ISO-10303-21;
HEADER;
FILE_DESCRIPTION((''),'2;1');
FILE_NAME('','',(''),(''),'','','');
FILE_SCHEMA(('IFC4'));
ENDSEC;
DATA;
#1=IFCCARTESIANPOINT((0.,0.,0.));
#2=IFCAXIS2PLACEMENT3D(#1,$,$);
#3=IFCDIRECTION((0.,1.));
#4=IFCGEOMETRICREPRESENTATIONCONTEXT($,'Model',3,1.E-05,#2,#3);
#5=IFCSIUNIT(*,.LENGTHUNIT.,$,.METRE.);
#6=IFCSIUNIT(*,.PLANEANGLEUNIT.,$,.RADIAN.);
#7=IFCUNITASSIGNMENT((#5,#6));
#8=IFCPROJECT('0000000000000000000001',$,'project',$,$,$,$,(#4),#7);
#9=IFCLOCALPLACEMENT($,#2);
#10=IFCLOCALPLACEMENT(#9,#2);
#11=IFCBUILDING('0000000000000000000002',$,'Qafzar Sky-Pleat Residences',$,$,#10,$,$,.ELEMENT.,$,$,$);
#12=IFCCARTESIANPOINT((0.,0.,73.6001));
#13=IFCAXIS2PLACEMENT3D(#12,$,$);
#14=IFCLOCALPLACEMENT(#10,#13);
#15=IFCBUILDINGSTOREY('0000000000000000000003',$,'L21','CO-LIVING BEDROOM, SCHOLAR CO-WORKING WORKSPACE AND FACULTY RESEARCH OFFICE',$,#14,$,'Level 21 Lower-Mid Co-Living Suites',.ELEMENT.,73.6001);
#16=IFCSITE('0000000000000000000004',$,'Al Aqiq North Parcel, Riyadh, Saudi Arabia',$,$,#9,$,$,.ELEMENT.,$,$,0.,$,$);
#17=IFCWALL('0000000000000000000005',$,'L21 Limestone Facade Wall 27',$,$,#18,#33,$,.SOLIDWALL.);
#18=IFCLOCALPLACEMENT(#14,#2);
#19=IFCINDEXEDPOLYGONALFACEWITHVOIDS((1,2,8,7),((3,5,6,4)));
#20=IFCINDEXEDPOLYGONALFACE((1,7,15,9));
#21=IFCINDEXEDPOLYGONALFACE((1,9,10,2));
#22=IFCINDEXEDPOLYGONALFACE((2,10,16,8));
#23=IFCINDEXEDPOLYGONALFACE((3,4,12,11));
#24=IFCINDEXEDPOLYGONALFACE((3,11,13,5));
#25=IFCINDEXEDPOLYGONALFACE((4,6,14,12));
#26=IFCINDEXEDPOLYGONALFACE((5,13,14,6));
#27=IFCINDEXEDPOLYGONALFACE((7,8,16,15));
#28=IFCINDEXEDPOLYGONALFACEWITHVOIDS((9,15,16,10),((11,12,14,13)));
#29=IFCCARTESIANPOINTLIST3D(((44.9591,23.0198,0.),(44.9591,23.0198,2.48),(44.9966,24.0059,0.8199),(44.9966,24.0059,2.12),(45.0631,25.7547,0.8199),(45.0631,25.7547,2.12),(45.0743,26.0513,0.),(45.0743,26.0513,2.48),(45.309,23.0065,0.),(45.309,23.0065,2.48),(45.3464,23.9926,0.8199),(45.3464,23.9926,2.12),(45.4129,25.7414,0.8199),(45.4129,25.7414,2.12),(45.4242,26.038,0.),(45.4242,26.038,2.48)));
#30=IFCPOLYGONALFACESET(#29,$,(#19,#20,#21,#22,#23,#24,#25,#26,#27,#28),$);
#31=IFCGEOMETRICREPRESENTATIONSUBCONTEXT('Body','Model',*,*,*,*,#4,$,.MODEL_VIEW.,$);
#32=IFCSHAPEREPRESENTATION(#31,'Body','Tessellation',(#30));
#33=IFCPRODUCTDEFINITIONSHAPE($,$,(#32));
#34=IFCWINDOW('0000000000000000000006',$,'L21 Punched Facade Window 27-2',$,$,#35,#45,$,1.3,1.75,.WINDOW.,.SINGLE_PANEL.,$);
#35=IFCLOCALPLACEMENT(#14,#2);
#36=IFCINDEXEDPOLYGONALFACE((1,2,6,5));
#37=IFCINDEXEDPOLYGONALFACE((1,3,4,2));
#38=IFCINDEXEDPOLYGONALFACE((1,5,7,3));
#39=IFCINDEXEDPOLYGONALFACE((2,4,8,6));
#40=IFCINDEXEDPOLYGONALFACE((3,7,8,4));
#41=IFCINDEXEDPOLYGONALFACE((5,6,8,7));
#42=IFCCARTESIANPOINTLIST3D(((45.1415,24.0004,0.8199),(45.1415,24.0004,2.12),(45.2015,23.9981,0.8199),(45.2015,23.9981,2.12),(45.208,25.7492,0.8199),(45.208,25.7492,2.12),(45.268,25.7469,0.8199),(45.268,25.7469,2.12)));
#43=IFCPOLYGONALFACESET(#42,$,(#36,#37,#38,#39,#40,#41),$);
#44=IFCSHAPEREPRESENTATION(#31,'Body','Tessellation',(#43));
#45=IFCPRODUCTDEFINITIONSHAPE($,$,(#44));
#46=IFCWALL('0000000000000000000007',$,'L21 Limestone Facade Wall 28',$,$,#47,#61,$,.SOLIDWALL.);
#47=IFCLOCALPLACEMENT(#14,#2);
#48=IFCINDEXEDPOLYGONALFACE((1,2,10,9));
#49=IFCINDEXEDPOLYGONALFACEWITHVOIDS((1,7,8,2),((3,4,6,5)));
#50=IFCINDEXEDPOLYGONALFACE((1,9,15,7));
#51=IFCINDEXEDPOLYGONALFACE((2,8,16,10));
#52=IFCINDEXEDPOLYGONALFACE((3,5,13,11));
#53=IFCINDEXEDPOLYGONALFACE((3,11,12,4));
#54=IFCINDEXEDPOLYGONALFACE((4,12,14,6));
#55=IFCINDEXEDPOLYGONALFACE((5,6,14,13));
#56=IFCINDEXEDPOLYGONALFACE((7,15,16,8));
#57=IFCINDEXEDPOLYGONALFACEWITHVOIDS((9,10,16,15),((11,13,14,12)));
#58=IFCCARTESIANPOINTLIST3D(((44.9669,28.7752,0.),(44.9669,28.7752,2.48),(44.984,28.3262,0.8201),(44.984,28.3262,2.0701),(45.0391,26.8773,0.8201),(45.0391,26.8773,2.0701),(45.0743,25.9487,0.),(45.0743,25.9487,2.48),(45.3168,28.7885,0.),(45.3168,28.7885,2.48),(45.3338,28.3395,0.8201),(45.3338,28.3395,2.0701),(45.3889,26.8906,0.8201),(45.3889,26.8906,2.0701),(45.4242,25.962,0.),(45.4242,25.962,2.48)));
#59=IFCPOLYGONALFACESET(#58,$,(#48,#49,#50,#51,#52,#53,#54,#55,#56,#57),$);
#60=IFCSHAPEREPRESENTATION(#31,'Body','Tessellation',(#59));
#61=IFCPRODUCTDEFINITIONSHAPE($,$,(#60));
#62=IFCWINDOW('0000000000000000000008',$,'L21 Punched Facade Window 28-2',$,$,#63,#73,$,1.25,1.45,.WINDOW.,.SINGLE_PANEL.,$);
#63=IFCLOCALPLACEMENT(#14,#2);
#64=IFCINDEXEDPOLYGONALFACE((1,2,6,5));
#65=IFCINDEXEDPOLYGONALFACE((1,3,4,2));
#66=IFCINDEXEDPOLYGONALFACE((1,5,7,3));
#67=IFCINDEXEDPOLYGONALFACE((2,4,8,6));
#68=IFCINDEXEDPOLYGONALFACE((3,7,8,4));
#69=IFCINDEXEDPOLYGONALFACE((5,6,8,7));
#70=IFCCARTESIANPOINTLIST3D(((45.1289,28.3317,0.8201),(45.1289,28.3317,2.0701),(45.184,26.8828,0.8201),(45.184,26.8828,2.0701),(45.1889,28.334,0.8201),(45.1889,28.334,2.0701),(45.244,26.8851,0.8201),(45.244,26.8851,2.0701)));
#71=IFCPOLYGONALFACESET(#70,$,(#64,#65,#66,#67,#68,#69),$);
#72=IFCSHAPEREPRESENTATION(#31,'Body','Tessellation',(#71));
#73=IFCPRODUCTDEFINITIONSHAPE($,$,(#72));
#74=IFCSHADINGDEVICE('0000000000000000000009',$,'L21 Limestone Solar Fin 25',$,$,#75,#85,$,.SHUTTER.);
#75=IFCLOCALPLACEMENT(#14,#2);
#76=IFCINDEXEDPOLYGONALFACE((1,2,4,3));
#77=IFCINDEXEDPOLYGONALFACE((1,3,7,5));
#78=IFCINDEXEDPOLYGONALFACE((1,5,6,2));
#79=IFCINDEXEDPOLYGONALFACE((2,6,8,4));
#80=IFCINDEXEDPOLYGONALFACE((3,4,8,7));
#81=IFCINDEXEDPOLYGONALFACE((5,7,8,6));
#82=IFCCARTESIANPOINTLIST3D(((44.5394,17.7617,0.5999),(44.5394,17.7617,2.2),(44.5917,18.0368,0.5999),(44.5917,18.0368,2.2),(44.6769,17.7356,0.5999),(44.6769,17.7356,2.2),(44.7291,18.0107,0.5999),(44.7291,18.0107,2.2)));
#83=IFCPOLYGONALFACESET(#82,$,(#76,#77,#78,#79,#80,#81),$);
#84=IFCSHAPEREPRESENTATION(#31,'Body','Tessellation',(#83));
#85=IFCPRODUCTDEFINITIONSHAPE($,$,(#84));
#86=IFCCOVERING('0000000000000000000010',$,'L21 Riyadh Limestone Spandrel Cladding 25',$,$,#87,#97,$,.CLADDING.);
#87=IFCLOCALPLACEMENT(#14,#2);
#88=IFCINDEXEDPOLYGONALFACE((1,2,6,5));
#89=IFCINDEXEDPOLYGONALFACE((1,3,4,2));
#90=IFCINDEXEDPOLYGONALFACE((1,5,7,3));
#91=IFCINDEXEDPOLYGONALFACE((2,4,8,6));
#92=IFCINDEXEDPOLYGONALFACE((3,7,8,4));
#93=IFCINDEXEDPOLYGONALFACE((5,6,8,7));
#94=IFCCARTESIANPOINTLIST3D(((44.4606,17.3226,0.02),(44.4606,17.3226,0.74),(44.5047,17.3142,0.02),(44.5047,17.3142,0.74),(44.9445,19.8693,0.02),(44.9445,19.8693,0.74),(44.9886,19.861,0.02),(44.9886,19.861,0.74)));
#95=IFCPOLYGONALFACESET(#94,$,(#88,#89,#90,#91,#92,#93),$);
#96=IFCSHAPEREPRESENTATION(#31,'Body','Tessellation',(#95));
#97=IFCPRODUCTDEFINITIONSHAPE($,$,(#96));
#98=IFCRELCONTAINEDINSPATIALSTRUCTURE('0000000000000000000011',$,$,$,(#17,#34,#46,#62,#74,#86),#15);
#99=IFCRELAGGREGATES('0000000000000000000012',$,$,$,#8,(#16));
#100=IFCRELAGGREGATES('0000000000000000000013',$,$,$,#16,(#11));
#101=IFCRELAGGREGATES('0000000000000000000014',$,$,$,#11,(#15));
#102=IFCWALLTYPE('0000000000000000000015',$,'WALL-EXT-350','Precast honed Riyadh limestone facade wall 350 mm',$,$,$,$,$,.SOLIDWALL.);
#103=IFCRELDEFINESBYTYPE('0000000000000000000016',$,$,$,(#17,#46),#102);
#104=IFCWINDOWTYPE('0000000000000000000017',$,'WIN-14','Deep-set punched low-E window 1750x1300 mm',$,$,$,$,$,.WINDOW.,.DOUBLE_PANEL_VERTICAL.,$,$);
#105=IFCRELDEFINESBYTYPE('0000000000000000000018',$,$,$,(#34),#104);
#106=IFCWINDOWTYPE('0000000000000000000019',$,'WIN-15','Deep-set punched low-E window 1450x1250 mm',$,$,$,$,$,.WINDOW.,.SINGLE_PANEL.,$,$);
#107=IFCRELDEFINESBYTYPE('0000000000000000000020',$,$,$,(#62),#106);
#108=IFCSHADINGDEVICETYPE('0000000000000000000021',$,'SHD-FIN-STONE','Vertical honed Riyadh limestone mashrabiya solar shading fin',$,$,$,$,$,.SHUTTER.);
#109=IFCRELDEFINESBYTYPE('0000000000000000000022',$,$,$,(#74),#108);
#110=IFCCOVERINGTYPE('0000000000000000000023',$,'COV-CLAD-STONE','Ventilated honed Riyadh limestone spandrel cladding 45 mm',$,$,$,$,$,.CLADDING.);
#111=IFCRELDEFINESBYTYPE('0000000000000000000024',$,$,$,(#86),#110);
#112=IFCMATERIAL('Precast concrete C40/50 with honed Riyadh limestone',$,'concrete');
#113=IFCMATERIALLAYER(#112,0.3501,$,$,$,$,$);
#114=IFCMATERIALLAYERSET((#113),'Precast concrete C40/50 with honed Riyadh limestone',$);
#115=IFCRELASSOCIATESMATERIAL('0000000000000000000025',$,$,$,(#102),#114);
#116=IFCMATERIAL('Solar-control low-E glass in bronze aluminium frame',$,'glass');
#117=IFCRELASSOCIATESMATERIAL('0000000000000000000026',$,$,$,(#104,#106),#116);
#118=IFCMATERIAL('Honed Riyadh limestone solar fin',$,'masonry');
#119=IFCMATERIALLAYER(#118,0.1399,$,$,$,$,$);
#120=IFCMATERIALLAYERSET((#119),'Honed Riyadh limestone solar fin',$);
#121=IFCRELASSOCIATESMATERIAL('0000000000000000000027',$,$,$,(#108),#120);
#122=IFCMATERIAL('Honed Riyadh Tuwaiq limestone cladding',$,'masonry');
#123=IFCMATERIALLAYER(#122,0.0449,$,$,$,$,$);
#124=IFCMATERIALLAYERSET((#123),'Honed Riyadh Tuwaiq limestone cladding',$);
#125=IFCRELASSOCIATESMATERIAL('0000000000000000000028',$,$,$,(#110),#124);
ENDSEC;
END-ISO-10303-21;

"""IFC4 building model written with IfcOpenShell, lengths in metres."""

from ifc_helpers import new_model, si_unit, direction, frame, frame_2d, origin, origin_2d, place, context, subcontext, project, spatial, rectangle, extrude, source, transform, mapped, material, layer, layer_set, type_object, element, fill, save


model = new_model("IFC4")

# Units and contexts
model_context = context("Model", 3, precision=1e-05, world=origin(), true_north=direction((0.0, 1.0)))
body_context = subcontext(model_context, "Body", "Model", "MODEL_VIEW")
ifc_project = project(units=[si_unit("LENGTHUNIT", "METRE"), si_unit("PLANEANGLEUNIT", "RADIAN")], contexts=[model_context])

# Site, building, storey
site_placement = place(None, origin())
site = spatial("IfcSite", under=ifc_project, at=site_placement, Name="Al Aqiq North Parcel, Riyadh, Saudi Arabia", CompositionType="ELEMENT", RefElevation=0.0)
building_placement = place(site_placement, origin())
building = spatial("IfcBuilding", under=site, at=building_placement, Name="Qafzar Sky-Pleat Residences", CompositionType="ELEMENT")
storey_placement = place(building_placement, frame((0.0, 0.0, 73.6001)))
storey = spatial("IfcBuildingStorey", under=building, at=storey_placement, Name="L21", Description="CO-LIVING BEDROOM, SCHOLAR CO-WORKING WORKSPACE AND FACULTY RESEARCH OFFICE", LongName="Level 21 Lower-Mid Co-Living Suites", CompositionType="ELEMENT", Elevation=73.6001)

# Walls, openings, windows
ifc_material_1 = material(Name="Precast concrete C40/50 with honed Riyadh limestone", Category="concrete")
ifc_layer_1 = layer(ifc_material_1, 0.3501)
ifc_layer_set_1 = layer_set([ifc_layer_1], Name="Precast concrete C40/50 with honed Riyadh limestone")
wall_type_1 = type_object("IfcWallType", Name="WALL-EXT-350", Description="Precast honed Riyadh limestone facade wall 350 mm", PredefinedType="SOLIDWALL", material=ifc_layer_set_1)
ifc_material_2 = material(Name="Solar-control low-E glass in bronze aluminium frame", Category="glass")
wall_1_placement = place(storey_placement, frame((45.134, 23.0132, 0.0), z_axis=(0.0, 0.0, 1.0), x_axis=(0.037985, 0.999278, 0.0)))
wall_1 = element("IfcWall", 1, at=wall_1_placement, inside=storey, type_object=wall_type_1, Name="L21 Limestone Facade Wall 27", PredefinedType="SOLIDWALL", context=body_context, shape_type="SweptSolid", body=[
    extrude(rectangle(XDim=3.0337, YDim=0.3501, at=frame_2d((1.5168, 0.0))), origin(), (0.0, 0.0, 1.0), 2.48),
])
opening_1_placement = place(wall_1_placement, frame((0.9868, 0.0, 0.8201)))
opening_1 = element("IfcOpeningElement", 2, at=opening_1_placement, cuts=wall_1, PredefinedType="OPENING", context=body_context, shape_type="SweptSolid", body=[
    extrude(rectangle(XDim=1.75, YDim=1.3, at=frame_2d((0.875, 0.6499))), frame((0.0, 0.1851, 0.0), z_axis=(0.0, -1.0, 0.0), x_axis=(1.0, 0.0, 0.0)), (0.0, 0.0, 1.0), 0.3701),
])
window_type_1 = type_object("IfcWindowType", Name="WIN-14", Description="Deep-set punched low-E window 1750x1300 mm", PartitioningType="DOUBLE_PANEL_VERTICAL", PredefinedType="WINDOW", material=ifc_material_2)
shared_shape_1 = source(origin(), body_context, "Body", "SweptSolid", [
    extrude(rectangle(XDim=1.75, YDim=1.3, at=frame_2d((0.875, 0.6499))), frame((0.0, 0.03, 0.0), z_axis=(0.0, -1.0, 0.0), x_axis=(1.0, 0.0, 0.0)), (0.0, 0.0, 1.0), 0.0601),
])
window_1_placement = place(opening_1_placement, origin())
window_1 = element("IfcWindow", 3, at=window_1_placement, inside=storey, type_object=window_type_1, Name="L21 Punched Facade Window 27-2", OverallHeight=1.3, OverallWidth=1.75, PartitioningType="SINGLE_PANEL", PredefinedType="WINDOW", context=body_context, shape_type="MappedRepresentation", body=[
    mapped(shared_shape_1, transform((0.0, 0.0, 0.0), x_axis=(1.0, 0.0, 0.0), y_axis=(0.0, 1.0, 0.0), z_axis=(0.0, 0.0, 1.0), scale=1.0)),
])
fill(opening_1, window_1)
wall_2_placement = place(storey_placement, frame((45.2493, 25.9553, 0.0), z_axis=(0.0, 0.0, 1.0), x_axis=(-0.037976, 0.999279, 0.0)))
wall_2 = element("IfcWall", 4, at=wall_2_placement, inside=storey, type_object=wall_type_1, Name="L21 Limestone Facade Wall 28", PredefinedType="SOLIDWALL", context=body_context, shape_type="SweptSolid", body=[
    extrude(rectangle(XDim=2.8286, YDim=0.3501, at=frame_2d((1.4143, 0.0))), origin(), (0.0, 0.0, 1.0), 2.48),
])
opening_2_placement = place(wall_2_placement, frame((0.9292, 0.0, 0.8201)))
opening_2 = element("IfcOpeningElement", 5, at=opening_2_placement, cuts=wall_2, PredefinedType="OPENING", context=body_context, shape_type="SweptSolid", body=[
    extrude(rectangle(XDim=1.45, YDim=1.25, at=frame_2d((0.7251, 0.625))), frame((0.0, 0.1851, 0.0), z_axis=(0.0, -1.0, 0.0), x_axis=(1.0, 0.0, 0.0)), (0.0, 0.0, 1.0), 0.3701),
])
window_type_2 = type_object("IfcWindowType", Name="WIN-15", Description="Deep-set punched low-E window 1450x1250 mm", PartitioningType="SINGLE_PANEL", PredefinedType="WINDOW", material=ifc_material_2)
shared_shape_2 = source(origin(), body_context, "Body", "SweptSolid", [
    extrude(rectangle(XDim=1.45, YDim=1.25, at=frame_2d((0.7251, 0.625))), frame((0.0, 0.03, 0.0), z_axis=(0.0, -1.0, 0.0), x_axis=(1.0, 0.0, 0.0)), (0.0, 0.0, 1.0), 0.0601),
])
window_2_placement = place(opening_2_placement, origin())
window_2 = element("IfcWindow", 6, at=window_2_placement, inside=storey, type_object=window_type_2, Name="L21 Punched Facade Window 28-2", OverallHeight=1.25, OverallWidth=1.45, PartitioningType="SINGLE_PANEL", PredefinedType="WINDOW", context=body_context, shape_type="MappedRepresentation", body=[
    mapped(shared_shape_2, transform((0.0, 0.0, 0.0), x_axis=(1.0, 0.0, 0.0), y_axis=(0.0, 1.0, 0.0), z_axis=(0.0, 0.0, 1.0), scale=1.0)),
])
fill(opening_2, window_2)

# Shading device
ifc_material_3 = material(Name="Honed Riyadh limestone solar fin", Category="masonry")
ifc_layer_2 = layer(ifc_material_3, 0.1399)
ifc_layer_set_2 = layer_set([ifc_layer_2], Name="Honed Riyadh limestone solar fin")
shading_device_type = type_object("IfcShadingDeviceType", Name="SHD-FIN-STONE", Description="Vertical honed Riyadh limestone mashrabiya solar shading fin", PredefinedType="SHUTTER", material=ifc_layer_set_2)
shared_shape_3 = source(origin(), body_context, "Body", "SweptSolid", [
    extrude(rectangle(XDim=0.1399, YDim=0.28, at=origin_2d()), origin(), (0.0, 0.0, 1.0), 1.6001),
])
shading_device_placement = place(storey_placement, frame((44.6343, 17.8862, 0.5999), z_axis=(0.0, 0.0, 1.0), x_axis=(0.982421, -0.186678, 0.0)))
element("IfcShadingDevice", 7, at=shading_device_placement, inside=storey, type_object=shading_device_type, Name="L21 Limestone Solar Fin 25", PredefinedType="SHUTTER", context=body_context, shape_type="MappedRepresentation", body=[
    mapped(shared_shape_3, transform((0.0, 0.0, 0.0), x_axis=(1.0, 0.0, 0.0), y_axis=(0.0, 1.0, 0.0), z_axis=(0.0, 0.0, 1.0), scale=1.0)),
])

# Covering
ifc_material_4 = material(Name="Honed Riyadh Tuwaiq limestone cladding", Category="masonry")
ifc_layer_3 = layer(ifc_material_4, 0.0449)
ifc_layer_set_3 = layer_set([ifc_layer_3], Name="Honed Riyadh Tuwaiq limestone cladding")
covering_type = type_object("IfcCoveringType", Name="COV-CLAD-STONE", Description="Ventilated honed Riyadh limestone spandrel cladding 45 mm", PredefinedType="CLADDING", material=ifc_layer_set_3)
shared_shape_4 = source(origin(), body_context, "Body", "SweptSolid", [
    extrude(rectangle(XDim=2.5923, YDim=0.0449, at=origin_2d()), origin(), (0.0, 0.0, 1.0), 0.72),
])
covering_placement = place(storey_placement, frame((44.7246, 18.5918, 0.02), z_axis=(0.0, 0.0, 1.0), x_axis=(0.18668, 0.982421, 0.0)))
element("IfcCovering", 8, at=covering_placement, inside=storey, type_object=covering_type, Name="L21 Riyadh Limestone Spandrel Cladding 25", PredefinedType="CLADDING", context=body_context, shape_type="MappedRepresentation", body=[
    mapped(shared_shape_4, transform((0.0, 0.0, 0.0), x_axis=(1.0, 0.0, 0.0), y_axis=(0.0, 1.0, 0.0), z_axis=(0.0, 0.0, 1.0), scale=1.0)),
])

save(model, "model.ifc")
